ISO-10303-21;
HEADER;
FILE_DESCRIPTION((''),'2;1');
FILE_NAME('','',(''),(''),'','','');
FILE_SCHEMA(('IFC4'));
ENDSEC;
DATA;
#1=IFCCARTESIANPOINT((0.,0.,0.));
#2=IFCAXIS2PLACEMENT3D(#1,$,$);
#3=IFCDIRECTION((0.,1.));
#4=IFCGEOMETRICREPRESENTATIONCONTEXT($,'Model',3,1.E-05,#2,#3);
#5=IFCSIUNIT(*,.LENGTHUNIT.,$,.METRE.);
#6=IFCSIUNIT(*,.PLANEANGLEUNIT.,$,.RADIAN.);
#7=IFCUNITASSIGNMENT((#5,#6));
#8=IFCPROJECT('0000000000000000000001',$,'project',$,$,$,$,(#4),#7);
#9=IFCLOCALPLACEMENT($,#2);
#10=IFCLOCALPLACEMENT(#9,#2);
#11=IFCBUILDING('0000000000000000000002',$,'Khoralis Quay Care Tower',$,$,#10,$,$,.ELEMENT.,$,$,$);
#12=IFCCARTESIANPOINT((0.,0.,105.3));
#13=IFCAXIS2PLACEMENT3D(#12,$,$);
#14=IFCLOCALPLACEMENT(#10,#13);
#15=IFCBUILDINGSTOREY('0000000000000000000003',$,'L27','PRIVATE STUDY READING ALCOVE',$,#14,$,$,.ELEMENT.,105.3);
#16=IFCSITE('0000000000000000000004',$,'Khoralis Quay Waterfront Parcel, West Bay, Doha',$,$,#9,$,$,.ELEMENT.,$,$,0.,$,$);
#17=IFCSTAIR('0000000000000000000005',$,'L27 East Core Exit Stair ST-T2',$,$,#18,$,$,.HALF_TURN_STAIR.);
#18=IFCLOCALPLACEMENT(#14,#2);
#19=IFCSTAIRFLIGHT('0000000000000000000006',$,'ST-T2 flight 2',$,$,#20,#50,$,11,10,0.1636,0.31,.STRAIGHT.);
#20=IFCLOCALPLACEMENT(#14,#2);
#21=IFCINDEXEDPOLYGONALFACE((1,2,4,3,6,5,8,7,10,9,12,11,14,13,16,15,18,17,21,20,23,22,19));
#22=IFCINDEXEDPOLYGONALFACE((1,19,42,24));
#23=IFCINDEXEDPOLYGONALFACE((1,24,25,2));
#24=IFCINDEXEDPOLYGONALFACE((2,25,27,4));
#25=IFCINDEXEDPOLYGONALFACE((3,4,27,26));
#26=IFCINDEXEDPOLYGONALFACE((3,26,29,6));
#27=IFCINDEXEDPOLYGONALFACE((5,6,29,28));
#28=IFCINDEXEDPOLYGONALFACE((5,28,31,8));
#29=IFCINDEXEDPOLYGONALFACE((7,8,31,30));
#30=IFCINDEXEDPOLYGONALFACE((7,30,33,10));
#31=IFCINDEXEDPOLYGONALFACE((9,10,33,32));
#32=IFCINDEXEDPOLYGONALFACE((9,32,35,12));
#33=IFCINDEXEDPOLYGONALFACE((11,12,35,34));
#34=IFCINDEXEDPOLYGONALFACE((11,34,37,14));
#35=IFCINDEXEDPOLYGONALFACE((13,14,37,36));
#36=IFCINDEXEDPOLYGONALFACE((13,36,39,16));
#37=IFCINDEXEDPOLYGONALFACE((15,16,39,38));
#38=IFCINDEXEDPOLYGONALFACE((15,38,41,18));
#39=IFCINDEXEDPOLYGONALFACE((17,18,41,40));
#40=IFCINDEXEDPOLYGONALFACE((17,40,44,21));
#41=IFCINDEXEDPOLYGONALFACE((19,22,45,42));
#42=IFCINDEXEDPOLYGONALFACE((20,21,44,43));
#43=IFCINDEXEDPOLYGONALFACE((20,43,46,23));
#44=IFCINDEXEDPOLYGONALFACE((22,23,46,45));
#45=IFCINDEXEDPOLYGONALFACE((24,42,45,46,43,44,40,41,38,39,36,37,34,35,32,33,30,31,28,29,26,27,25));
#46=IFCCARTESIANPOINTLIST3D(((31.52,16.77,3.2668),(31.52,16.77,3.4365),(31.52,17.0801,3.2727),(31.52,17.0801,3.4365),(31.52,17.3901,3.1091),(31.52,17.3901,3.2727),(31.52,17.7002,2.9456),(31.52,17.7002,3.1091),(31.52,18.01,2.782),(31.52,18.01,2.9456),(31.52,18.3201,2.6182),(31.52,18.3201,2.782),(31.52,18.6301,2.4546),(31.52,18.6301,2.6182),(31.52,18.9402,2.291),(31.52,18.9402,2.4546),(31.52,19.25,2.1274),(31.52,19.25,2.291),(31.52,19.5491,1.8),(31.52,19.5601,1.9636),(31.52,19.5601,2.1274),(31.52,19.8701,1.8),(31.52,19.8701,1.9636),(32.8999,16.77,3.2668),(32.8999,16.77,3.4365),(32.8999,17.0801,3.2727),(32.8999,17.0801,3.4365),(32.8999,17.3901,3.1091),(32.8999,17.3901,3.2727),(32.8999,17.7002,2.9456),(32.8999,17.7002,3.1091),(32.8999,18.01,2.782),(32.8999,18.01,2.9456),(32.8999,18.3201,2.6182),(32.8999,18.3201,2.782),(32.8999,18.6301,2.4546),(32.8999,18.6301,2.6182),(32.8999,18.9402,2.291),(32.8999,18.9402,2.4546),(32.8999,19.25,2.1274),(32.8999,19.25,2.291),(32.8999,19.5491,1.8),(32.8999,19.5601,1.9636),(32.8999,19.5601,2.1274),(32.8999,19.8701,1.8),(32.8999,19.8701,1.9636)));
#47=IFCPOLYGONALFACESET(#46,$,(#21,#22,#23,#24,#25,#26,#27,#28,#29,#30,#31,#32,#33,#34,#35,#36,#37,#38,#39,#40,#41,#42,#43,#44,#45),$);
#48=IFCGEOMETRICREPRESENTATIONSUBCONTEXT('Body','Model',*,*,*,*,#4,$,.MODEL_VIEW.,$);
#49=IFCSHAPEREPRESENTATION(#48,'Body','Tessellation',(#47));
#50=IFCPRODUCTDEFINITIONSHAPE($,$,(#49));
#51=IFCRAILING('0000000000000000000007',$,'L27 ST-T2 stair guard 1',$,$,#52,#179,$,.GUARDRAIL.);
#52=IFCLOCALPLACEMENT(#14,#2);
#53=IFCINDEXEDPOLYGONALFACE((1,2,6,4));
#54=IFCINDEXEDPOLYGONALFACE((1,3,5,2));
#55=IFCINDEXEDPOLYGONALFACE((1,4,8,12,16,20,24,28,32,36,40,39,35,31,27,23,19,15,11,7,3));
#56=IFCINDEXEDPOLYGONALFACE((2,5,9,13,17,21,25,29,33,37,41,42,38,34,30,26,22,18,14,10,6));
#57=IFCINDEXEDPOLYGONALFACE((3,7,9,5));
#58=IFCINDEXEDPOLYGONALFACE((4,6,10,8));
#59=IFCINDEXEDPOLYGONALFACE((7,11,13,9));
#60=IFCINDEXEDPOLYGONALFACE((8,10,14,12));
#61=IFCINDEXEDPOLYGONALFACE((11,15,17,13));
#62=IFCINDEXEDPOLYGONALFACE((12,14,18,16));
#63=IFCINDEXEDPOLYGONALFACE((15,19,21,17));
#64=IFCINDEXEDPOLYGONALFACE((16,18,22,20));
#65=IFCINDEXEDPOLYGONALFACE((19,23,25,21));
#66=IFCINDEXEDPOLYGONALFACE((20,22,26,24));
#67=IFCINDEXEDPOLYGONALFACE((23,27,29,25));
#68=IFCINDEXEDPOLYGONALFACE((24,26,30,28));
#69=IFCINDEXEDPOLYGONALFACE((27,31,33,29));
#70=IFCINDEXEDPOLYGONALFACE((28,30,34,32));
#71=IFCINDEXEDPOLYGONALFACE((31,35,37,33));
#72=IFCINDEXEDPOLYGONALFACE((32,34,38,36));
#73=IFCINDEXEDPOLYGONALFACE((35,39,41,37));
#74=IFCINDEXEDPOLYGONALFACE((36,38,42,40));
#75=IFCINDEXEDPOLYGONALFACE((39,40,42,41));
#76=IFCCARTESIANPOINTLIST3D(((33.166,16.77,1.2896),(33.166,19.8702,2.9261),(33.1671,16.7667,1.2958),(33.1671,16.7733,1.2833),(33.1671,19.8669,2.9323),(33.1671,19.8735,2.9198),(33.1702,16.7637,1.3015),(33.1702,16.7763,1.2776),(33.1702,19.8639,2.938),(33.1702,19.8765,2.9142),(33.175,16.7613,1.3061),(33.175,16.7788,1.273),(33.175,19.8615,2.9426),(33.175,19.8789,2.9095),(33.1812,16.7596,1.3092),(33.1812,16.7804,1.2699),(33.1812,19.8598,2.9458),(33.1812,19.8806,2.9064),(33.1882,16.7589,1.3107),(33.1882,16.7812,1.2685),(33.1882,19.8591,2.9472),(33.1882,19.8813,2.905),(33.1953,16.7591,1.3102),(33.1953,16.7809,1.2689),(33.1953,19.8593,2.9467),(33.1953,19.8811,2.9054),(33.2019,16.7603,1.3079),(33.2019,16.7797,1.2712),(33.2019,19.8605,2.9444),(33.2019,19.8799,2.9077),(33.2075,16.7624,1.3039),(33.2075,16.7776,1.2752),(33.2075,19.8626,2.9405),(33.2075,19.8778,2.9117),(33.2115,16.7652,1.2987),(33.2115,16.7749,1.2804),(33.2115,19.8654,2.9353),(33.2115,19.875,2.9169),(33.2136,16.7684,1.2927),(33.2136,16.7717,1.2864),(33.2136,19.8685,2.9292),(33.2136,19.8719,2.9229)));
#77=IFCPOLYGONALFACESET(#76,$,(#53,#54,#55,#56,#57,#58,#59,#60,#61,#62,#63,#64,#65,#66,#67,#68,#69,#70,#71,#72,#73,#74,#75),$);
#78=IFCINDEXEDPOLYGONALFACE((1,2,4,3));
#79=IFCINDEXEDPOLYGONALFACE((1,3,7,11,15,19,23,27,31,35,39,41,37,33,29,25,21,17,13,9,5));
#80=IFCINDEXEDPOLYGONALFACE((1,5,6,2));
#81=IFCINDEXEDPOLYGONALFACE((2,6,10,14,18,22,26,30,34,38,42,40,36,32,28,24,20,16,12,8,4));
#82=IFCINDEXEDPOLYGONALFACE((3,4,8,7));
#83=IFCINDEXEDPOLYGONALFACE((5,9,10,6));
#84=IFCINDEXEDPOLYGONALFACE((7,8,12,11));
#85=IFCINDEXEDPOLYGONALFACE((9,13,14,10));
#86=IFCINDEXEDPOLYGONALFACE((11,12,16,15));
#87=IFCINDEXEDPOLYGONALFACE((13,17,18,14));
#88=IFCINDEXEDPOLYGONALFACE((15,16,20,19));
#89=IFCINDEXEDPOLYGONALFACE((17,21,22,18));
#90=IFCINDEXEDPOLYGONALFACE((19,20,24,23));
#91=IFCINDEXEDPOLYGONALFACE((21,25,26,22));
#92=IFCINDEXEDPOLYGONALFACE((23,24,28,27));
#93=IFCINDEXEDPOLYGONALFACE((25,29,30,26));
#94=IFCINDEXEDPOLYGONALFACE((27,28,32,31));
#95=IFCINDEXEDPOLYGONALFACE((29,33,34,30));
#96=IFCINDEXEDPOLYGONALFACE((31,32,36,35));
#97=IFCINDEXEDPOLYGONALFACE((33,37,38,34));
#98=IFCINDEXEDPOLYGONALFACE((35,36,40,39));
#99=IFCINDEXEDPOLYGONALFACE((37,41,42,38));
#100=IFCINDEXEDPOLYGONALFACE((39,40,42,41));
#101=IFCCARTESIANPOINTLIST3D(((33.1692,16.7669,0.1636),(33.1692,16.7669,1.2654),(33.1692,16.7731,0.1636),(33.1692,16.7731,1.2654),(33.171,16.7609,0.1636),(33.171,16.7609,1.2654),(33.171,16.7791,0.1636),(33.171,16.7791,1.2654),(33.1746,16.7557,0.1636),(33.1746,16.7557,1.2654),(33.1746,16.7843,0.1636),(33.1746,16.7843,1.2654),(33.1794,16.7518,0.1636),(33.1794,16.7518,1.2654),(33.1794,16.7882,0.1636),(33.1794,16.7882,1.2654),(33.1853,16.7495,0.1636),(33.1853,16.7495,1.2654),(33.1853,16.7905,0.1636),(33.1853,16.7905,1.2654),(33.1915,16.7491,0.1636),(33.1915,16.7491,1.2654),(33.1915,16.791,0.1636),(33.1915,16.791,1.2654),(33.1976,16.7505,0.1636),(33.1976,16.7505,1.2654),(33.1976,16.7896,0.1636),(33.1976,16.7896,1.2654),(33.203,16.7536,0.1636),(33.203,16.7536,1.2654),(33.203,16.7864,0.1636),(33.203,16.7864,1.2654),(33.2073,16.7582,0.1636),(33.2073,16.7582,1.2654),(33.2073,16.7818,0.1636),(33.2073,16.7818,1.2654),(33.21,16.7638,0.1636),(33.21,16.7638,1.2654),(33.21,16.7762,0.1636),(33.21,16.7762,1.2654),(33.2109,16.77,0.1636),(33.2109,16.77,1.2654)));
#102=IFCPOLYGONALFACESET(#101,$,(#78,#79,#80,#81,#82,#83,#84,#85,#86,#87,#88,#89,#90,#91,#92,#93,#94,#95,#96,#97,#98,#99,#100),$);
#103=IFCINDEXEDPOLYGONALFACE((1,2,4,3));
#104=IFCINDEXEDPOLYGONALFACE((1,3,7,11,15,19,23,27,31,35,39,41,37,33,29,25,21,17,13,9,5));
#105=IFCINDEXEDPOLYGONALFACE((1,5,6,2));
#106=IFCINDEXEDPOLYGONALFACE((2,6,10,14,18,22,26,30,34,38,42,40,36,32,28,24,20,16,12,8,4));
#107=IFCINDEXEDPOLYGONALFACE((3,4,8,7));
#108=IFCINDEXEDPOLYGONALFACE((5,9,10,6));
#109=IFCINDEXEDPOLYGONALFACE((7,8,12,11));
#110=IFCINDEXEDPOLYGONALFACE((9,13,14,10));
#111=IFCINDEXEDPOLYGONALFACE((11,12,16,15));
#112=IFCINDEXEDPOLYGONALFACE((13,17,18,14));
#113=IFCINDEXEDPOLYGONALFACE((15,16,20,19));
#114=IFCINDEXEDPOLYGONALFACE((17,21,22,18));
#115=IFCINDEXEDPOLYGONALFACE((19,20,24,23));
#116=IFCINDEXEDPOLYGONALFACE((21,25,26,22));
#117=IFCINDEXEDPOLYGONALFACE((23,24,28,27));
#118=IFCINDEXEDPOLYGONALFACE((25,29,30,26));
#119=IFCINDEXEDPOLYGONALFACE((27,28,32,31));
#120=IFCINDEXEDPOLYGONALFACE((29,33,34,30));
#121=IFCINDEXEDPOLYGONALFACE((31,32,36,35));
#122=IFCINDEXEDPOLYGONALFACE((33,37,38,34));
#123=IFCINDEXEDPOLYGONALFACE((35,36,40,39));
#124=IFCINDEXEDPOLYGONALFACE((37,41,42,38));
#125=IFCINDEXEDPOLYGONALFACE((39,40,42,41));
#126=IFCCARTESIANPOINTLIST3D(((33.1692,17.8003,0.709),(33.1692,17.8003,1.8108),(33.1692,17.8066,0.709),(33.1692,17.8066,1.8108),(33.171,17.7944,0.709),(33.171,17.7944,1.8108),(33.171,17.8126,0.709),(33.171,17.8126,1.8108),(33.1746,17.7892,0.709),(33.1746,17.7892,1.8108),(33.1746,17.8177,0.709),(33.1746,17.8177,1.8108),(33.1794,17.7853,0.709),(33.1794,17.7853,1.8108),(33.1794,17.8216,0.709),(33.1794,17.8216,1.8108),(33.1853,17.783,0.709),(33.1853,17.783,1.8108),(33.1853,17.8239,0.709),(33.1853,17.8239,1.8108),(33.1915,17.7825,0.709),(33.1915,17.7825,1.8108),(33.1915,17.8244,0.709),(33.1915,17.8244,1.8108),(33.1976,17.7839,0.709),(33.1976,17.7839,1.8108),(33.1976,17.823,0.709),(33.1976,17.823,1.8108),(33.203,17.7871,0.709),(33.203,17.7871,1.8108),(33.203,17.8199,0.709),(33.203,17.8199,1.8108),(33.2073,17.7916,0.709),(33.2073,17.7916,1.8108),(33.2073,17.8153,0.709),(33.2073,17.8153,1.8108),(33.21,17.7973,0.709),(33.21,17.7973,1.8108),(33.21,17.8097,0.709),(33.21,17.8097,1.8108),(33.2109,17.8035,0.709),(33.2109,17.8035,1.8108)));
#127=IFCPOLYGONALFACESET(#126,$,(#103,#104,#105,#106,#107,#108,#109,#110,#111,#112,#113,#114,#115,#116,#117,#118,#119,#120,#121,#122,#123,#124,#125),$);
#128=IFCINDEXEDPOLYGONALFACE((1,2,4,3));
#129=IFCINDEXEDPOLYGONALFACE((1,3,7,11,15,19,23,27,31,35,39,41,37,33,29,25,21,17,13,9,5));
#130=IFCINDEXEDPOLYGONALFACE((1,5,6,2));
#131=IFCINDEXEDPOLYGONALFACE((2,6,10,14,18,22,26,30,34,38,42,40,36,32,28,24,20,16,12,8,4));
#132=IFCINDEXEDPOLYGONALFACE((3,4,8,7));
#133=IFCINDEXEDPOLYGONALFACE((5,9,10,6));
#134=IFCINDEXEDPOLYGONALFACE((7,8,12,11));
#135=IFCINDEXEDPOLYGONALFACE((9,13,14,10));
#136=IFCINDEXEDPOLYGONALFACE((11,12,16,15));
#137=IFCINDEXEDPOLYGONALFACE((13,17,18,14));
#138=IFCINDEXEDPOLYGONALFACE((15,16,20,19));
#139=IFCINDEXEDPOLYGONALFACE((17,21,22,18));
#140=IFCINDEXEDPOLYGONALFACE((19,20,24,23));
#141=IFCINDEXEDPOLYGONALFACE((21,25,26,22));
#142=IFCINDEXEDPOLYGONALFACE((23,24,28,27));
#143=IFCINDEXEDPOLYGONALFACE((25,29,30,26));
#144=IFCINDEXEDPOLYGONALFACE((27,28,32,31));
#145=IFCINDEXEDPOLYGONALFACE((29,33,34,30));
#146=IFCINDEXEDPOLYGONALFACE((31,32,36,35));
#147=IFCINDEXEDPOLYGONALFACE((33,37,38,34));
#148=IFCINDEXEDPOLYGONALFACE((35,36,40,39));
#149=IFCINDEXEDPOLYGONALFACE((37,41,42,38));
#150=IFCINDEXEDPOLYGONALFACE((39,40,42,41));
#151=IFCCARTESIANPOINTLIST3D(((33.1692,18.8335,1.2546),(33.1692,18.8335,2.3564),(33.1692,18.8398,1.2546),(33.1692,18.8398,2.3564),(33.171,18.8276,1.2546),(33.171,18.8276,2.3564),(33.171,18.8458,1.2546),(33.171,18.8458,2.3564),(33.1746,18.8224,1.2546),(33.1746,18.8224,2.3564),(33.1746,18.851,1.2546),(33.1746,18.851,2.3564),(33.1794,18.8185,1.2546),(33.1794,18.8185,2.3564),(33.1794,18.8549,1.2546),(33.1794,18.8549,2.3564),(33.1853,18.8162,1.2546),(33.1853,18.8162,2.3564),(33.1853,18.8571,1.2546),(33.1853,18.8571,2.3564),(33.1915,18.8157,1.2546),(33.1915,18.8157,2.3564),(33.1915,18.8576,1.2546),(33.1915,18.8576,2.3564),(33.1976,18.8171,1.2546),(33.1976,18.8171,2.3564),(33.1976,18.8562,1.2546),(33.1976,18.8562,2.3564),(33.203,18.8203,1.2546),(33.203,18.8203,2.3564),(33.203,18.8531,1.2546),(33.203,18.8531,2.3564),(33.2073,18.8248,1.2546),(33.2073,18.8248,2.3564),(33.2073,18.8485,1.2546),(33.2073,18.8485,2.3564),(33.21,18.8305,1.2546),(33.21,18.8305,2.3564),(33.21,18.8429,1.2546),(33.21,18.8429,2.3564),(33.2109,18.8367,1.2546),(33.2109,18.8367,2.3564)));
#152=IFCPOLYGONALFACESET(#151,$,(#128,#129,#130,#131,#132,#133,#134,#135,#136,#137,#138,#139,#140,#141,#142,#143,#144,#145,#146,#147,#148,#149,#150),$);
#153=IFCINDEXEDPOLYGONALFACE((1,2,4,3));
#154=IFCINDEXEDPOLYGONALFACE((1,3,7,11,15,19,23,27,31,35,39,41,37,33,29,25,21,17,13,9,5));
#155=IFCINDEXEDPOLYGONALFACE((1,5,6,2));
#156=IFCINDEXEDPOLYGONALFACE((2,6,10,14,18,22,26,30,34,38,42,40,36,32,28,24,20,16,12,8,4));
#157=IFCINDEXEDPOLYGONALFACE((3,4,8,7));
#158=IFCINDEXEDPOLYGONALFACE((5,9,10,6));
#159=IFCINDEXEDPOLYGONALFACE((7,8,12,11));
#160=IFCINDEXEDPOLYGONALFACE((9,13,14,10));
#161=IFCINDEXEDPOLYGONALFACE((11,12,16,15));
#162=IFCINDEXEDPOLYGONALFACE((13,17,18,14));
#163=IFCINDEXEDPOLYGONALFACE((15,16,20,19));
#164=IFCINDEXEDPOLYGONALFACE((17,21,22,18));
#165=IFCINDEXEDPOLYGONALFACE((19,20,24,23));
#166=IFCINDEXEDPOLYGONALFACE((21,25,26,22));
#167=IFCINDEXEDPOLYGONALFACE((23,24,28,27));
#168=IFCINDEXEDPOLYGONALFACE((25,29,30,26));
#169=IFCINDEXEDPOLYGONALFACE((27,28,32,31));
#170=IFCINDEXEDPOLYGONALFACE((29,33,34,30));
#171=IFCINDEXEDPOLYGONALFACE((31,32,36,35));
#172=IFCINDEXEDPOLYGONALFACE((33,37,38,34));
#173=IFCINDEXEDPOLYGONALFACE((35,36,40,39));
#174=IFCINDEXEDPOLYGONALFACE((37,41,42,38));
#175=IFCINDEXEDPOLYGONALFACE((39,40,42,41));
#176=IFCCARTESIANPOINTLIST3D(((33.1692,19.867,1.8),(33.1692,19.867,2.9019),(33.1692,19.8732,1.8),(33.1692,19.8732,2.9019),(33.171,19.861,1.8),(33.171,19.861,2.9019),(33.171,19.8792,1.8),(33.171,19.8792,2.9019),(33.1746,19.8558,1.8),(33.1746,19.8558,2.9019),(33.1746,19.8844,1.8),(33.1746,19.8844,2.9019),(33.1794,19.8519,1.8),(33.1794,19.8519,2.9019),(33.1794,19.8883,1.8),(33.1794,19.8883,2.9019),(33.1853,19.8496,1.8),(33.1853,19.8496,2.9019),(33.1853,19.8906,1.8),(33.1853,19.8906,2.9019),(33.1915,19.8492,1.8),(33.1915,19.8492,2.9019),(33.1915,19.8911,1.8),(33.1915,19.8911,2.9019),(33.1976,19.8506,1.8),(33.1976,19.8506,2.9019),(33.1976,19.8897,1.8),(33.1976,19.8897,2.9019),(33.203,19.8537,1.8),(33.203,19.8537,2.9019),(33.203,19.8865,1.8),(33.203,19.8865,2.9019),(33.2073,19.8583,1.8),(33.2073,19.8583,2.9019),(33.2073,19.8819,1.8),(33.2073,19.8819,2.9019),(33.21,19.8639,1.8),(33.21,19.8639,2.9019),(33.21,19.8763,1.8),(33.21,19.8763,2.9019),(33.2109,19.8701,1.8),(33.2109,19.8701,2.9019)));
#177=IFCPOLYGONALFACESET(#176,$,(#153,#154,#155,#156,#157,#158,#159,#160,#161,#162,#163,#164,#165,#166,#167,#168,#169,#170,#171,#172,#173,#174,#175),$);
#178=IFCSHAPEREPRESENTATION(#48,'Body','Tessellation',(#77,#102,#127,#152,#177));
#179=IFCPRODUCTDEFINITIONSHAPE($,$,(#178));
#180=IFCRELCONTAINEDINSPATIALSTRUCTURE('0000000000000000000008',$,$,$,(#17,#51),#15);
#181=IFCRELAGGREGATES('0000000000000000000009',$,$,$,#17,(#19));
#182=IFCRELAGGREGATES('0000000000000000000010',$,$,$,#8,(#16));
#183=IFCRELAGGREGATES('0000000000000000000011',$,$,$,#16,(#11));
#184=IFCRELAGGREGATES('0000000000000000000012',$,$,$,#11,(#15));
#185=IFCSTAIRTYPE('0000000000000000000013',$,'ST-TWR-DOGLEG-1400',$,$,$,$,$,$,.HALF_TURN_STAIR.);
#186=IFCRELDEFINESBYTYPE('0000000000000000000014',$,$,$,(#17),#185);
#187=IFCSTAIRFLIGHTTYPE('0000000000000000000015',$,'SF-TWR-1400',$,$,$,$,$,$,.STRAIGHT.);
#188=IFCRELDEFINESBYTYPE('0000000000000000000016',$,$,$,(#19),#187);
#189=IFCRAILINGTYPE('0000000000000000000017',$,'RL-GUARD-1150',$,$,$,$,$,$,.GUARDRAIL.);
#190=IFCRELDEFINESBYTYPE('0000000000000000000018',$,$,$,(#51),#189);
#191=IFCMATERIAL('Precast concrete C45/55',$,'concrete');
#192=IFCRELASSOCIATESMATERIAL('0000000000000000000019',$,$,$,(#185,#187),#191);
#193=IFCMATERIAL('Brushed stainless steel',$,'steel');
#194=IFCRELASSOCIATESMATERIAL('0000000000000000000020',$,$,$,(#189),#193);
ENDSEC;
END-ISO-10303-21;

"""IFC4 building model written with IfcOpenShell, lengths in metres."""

from ifc_helpers import new_model, si_unit, direction, frame, origin, origin_2d, place, context, subcontext, project, spatial, polyline, circle, outline, extrude, source, transform, mapped, material, type_object, element, aggregate, save


model = new_model("IFC4")

# Units and contexts
model_context = context("Model", 3, precision=1e-05, world=origin(), true_north=direction((0.0, 1.0)))
body_context = subcontext(model_context, "Body", "Model", "MODEL_VIEW")
ifc_project = project(units=[si_unit("LENGTHUNIT", "METRE"), si_unit("PLANEANGLEUNIT", "RADIAN")], contexts=[model_context])

# Site, building, storey
site_placement = place(None, origin())
site = spatial("IfcSite", under=ifc_project, at=site_placement, Name="Khoralis Quay Waterfront Parcel, West Bay, Doha", CompositionType="ELEMENT", RefElevation=0.0)
building_placement = place(site_placement, origin())
building = spatial("IfcBuilding", under=site, at=building_placement, Name="Khoralis Quay Care Tower", CompositionType="ELEMENT")
storey_placement = place(building_placement, frame((0.0, 0.0, 105.3)))
storey = spatial("IfcBuildingStorey", under=building, at=storey_placement, Name="L27", Description="PRIVATE STUDY READING ALCOVE", CompositionType="ELEMENT", Elevation=105.3)

# Stair, stair flight
ifc_material_1 = material(Name="Precast concrete C45/55", Category="concrete")
stair_type = type_object("IfcStairType", Name="ST-TWR-DOGLEG-1400", PredefinedType="HALF_TURN_STAIR", material=ifc_material_1)
stair_placement = place(storey_placement, origin())
stair = element("IfcStair", 1, at=stair_placement, inside=storey, type_object=stair_type, Name="L27 East Core Exit Stair ST-T2", PredefinedType="HALF_TURN_STAIR")
stair_flight_type = type_object("IfcStairFlightType", Name="SF-TWR-1400", PredefinedType="STRAIGHT", material=ifc_material_1)
shared_shape_1 = source(origin(), body_context, "Body", "SweptSolid", [
    extrude(outline(polyline([(0.0, 0.0), (0.0, 0.1636), (0.3101, 0.1636), (0.3101, 0.3274), (0.6201, 0.3274), (0.6201, 0.491), (0.9299, 0.491), (0.9299, 0.6545), (1.24, 0.6545), (1.24, 0.8181), (1.55, 0.8181), (1.55, 0.9819), (1.8601, 0.9819), (1.8601, 1.1455), (2.1699, 1.1455), (2.1699, 1.3091), (2.48, 1.3091), (2.48, 1.4727), (2.79, 1.4727), (2.79, 1.6365), (3.1001, 1.6365), (3.1001, 1.8), (3.1001, 1.4668), (0.321, 0.0), (0.0, 0.0)])), frame((0.0, 0.6899, 0.0), z_axis=(0.0, -1.0, 0.0), x_axis=(1.0, 0.0, 0.0)), (0.0, 0.0, 1.0), 1.3799),
])
stair_flight_1_placement = place(storey_placement, frame((32.21, 19.8701, 1.8), z_axis=(0.0, 0.0, 1.0), x_axis=(0.0, -1.0, 0.0)))
stair_flight_1 = element("IfcStairFlight", 2, at=stair_flight_1_placement, type_object=stair_flight_type, Name="ST-T2 flight 2", NumberOfRisers=11, NumberOfTreads=10, PredefinedType="STRAIGHT", RiserHeight=0.1636, TreadLength=0.31, context=body_context, shape_type="MappedRepresentation", body=[
    mapped(shared_shape_1, transform((0.0, 0.0, 0.0), scale=1.0)),
])
aggregate(stair, [stair_flight_1])

# Railing
ifc_material_2 = material(Name="Brushed stainless steel", Category="steel")
railing_type_1 = type_object("IfcRailingType", Name="RL-GUARD-1150", PredefinedType="GUARDRAIL", material=ifc_material_2)
railing_1_placement = place(storey_placement, frame((33.1899, 16.77, 0.1636)))
element("IfcRailing", 3, at=railing_1_placement, inside=storey, type_object=railing_type_1, Name="L27 ST-T2 stair guard 1", PredefinedType="GUARDRAIL", context=body_context, shape_type="SweptSolid", body=[
    extrude(circle(Radius=0.0239, at=origin_2d()), frame((0.0, 0.0, 1.126), z_axis=(0.0, 0.884348, 0.466828), x_axis=(-1.0, 0.0, 0.0)), (0.0, 0.0, 1.0), 3.5056),
    extrude(circle(Radius=0.021, at=origin_2d()), origin(), (0.0, 0.0, 1.0), 1.1018),
    extrude(circle(Radius=0.021, at=origin_2d()), frame((0.0, 1.0334, 0.5454)), (0.0, 0.0, 1.0), 1.1018),
    extrude(circle(Radius=0.021, at=origin_2d()), frame((0.0, 2.0667, 1.0911)), (0.0, 0.0, 1.0), 1.1018),
    extrude(circle(Radius=0.021, at=origin_2d()), frame((0.0, 3.1001, 1.6365)), (0.0, 0.0, 1.0), 1.1018),
])

save(model, "model.ifc")
